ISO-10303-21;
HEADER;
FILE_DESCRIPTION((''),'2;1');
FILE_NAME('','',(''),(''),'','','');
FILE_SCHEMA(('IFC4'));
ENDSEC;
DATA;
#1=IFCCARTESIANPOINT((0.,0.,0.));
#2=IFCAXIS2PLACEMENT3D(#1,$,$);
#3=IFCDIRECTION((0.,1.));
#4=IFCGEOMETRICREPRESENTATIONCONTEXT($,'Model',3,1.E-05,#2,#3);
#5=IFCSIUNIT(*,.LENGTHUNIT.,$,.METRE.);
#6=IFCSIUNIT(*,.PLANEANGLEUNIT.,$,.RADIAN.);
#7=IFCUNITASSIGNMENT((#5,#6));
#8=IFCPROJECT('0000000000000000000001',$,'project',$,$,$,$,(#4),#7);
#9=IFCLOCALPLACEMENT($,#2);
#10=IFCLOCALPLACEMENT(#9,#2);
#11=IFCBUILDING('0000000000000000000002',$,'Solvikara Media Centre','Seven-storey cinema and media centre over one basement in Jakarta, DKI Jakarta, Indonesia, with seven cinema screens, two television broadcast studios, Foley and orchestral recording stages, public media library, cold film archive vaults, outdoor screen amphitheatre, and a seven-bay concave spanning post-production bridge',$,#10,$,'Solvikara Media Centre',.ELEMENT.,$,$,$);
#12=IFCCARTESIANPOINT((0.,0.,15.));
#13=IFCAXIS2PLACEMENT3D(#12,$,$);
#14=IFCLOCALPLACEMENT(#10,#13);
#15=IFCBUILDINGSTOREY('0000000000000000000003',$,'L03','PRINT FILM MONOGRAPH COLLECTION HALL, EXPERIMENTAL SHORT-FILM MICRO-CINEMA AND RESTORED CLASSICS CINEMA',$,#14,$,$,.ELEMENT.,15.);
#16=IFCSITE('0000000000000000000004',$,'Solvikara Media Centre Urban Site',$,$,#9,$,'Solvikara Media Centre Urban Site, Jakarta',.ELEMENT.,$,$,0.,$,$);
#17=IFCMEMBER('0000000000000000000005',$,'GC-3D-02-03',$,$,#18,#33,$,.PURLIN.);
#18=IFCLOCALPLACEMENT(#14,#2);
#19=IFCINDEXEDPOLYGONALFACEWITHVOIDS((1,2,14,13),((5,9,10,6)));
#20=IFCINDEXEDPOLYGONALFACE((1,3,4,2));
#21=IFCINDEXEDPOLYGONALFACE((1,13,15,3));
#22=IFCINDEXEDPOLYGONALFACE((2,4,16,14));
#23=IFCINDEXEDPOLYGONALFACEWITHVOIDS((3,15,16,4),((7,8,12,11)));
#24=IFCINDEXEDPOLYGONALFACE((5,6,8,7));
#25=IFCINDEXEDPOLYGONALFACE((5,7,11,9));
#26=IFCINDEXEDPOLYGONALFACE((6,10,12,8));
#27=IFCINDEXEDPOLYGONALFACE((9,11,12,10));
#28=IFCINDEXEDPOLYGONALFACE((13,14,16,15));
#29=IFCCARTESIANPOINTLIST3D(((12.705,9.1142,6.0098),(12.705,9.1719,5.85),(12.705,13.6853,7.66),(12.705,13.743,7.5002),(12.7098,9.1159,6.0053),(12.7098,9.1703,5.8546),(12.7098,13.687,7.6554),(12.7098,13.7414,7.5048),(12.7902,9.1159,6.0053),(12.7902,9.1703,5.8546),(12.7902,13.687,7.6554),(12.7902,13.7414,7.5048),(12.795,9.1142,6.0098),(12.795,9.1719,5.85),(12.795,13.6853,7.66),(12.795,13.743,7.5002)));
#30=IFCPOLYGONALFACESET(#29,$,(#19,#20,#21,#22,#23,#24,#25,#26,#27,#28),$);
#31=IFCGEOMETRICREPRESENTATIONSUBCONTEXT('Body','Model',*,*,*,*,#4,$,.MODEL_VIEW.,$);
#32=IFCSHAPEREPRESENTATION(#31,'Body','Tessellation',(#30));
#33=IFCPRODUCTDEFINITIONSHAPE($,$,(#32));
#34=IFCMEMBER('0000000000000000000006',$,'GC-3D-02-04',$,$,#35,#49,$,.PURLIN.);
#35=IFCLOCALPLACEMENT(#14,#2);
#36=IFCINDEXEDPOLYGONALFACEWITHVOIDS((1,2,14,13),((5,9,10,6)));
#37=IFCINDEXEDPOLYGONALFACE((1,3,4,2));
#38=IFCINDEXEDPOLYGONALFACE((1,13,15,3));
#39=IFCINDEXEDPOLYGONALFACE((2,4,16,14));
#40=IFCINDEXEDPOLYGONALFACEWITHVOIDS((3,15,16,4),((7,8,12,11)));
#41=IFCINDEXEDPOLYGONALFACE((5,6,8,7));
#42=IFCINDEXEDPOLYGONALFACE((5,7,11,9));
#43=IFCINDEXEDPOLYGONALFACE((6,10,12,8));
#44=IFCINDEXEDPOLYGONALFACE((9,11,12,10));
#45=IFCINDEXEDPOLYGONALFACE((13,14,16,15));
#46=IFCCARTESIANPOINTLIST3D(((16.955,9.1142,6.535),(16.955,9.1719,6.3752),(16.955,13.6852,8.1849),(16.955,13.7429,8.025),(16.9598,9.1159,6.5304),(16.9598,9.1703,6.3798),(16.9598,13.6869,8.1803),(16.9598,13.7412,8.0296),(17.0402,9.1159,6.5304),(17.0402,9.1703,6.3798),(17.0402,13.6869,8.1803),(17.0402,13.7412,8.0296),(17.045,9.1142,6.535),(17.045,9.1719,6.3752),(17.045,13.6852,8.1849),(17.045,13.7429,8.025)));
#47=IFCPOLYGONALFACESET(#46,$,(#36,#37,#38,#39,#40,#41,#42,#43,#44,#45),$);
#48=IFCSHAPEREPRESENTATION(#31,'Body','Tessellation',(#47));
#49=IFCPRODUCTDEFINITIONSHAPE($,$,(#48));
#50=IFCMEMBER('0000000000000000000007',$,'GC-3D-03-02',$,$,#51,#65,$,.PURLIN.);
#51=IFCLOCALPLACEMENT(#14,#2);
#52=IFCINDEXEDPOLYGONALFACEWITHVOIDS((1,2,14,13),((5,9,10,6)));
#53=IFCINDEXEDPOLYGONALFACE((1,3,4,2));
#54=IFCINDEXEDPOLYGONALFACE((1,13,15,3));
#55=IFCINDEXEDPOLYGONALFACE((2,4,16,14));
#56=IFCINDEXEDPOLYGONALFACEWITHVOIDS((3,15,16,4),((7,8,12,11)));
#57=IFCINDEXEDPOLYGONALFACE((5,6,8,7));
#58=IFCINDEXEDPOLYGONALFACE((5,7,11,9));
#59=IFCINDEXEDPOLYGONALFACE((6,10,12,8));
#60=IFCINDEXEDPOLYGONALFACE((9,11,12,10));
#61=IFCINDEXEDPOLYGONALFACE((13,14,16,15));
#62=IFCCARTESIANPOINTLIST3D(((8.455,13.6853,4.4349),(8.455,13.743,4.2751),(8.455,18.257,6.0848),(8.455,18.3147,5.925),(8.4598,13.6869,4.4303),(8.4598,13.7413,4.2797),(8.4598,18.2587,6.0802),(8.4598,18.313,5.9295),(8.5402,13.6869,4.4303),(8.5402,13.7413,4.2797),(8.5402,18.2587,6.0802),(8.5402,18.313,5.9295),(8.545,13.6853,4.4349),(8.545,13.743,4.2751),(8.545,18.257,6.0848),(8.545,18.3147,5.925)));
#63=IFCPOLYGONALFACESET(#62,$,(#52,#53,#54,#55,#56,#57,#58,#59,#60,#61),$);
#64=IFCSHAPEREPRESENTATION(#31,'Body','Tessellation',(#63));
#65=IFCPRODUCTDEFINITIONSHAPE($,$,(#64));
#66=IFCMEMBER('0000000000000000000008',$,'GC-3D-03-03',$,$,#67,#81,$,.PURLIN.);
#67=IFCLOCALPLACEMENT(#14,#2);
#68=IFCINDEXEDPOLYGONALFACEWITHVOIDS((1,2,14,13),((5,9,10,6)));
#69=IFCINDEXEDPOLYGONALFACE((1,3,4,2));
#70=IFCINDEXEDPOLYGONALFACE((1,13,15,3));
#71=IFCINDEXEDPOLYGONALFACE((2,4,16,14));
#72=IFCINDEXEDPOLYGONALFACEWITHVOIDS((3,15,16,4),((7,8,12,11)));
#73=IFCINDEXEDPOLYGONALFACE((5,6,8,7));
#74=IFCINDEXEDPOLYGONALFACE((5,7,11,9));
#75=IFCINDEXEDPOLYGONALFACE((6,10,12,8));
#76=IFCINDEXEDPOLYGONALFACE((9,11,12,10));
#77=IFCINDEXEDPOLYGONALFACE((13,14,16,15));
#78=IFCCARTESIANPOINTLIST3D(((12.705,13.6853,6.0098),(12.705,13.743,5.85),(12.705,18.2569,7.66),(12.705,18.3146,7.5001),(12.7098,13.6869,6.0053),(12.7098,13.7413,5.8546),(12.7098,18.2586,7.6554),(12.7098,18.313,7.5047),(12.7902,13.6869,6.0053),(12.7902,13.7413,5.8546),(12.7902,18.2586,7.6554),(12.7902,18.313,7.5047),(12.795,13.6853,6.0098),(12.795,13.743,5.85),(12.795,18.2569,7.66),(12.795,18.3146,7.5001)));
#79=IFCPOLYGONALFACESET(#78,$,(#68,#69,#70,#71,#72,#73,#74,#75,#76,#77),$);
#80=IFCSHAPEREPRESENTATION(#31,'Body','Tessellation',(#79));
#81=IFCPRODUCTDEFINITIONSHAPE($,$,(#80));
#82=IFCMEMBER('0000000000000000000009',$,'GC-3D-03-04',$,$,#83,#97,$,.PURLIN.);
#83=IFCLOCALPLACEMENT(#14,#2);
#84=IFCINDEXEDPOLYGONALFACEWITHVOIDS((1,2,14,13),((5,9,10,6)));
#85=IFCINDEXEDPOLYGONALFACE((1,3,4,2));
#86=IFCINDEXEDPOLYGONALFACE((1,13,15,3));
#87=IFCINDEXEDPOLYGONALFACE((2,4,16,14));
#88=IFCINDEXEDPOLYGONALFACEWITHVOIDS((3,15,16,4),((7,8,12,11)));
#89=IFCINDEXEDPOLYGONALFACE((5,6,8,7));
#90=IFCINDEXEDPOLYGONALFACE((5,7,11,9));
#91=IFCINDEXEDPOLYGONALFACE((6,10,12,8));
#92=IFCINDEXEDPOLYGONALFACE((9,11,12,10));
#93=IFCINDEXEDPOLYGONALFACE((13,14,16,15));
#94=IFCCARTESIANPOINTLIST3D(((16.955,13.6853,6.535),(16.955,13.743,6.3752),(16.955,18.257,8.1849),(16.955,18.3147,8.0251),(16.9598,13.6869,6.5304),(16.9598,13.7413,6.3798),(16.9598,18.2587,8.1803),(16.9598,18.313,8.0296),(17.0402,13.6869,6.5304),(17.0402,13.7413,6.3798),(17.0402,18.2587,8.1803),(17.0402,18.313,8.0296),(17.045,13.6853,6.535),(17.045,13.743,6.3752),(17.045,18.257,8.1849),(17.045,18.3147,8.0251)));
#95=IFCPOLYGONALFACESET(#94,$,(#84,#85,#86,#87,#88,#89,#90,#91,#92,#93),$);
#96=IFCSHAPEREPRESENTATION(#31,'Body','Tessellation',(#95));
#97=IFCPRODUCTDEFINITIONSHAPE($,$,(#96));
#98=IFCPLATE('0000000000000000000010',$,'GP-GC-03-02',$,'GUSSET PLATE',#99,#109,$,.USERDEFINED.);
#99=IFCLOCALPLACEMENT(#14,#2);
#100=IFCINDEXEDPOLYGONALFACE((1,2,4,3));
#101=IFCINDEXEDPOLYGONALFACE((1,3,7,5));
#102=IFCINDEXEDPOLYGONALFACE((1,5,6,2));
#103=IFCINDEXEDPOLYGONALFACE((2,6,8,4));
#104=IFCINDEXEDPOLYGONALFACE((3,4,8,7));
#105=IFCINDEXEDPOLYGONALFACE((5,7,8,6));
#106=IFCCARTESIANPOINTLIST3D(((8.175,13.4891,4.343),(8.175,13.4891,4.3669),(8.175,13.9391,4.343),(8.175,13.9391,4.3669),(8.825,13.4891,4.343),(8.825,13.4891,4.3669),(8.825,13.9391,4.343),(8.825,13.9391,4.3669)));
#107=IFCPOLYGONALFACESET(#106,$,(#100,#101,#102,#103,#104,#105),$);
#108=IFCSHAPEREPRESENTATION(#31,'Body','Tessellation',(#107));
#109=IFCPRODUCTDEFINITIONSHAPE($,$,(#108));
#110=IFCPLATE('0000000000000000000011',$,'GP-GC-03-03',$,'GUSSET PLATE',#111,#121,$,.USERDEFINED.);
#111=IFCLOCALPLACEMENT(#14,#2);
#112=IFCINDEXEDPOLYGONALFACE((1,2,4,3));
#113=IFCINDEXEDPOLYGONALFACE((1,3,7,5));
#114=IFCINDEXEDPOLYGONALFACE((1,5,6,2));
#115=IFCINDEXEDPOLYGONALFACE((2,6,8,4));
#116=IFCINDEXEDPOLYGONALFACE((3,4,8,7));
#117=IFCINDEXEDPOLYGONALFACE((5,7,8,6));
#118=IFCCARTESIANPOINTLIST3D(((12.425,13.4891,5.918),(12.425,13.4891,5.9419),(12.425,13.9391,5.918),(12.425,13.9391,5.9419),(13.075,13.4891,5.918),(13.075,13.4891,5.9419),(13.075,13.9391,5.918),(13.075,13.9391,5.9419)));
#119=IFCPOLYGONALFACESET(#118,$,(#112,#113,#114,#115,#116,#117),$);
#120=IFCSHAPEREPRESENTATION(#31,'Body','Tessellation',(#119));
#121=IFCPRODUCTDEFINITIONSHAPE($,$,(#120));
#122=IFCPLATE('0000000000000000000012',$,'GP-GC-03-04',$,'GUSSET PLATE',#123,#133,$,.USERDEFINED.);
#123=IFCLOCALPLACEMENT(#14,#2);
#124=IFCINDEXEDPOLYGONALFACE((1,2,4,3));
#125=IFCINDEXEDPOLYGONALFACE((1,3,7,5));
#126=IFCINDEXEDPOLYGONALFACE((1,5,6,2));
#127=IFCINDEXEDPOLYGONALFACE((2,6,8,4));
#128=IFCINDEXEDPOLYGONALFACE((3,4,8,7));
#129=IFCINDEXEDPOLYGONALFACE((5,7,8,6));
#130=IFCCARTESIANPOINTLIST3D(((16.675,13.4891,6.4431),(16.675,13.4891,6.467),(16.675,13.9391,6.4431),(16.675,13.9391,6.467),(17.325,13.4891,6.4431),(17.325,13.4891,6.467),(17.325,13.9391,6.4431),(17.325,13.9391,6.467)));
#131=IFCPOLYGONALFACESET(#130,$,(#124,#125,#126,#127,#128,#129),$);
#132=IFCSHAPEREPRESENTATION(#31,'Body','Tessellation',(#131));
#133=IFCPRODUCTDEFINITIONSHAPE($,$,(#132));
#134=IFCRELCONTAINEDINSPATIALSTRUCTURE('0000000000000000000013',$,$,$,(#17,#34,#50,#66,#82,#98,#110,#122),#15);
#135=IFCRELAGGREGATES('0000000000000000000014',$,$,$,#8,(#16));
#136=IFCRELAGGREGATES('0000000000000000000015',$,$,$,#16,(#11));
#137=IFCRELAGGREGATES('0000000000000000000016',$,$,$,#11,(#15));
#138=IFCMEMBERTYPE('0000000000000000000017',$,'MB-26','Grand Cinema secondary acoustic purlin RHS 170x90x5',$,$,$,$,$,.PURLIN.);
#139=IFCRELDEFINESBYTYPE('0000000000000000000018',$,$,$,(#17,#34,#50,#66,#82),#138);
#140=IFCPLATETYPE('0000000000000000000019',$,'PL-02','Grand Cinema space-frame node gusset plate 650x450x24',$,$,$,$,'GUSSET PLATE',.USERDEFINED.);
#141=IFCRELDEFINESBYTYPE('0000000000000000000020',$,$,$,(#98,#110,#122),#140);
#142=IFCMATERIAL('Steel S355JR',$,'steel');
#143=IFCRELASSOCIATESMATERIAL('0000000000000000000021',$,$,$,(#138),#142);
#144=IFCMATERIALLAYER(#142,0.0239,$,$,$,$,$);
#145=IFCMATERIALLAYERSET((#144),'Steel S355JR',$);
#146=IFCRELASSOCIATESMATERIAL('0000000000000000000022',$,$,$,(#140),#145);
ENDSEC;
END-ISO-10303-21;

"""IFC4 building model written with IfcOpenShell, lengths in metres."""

from ifc_helpers import new_model, si_unit, direction, frame, origin, origin_2d, place, context, subcontext, project, spatial, rectangle, hollow_rectangle, extrude, material, layer, layer_set, material_profile, profile_set, type_object, element, save


model = new_model("IFC4")

# Units and contexts
model_context = context("Model", 3, precision=1e-05, world=origin(), true_north=direction((0.0, 1.0)))
body_context = subcontext(model_context, "Body", "Model", "MODEL_VIEW")
ifc_project = project(units=[si_unit("LENGTHUNIT", "METRE"), si_unit("PLANEANGLEUNIT", "RADIAN")], contexts=[model_context])

# Site, building, storey
site_placement = place(None, origin())
site = spatial("IfcSite", under=ifc_project, at=site_placement, Name="Solvikara Media Centre Urban Site", LongName="Solvikara Media Centre Urban Site, Jakarta", CompositionType="ELEMENT", RefElevation=0.0)
building_placement = place(site_placement, origin())
building = spatial("IfcBuilding", under=site, at=building_placement, Name="Solvikara Media Centre", Description="Seven-storey cinema and media centre over one basement in Jakarta, DKI Jakarta, Indonesia, with seven cinema screens, two television broadcast studios, Foley and orchestral recording stages, public media library, cold film archive vaults, outdoor screen amphitheatre, and a seven-bay concave spanning post-production bridge", LongName="Solvikara Media Centre", CompositionType="ELEMENT")
storey_placement = place(building_placement, frame((0.0, 0.0, 15.0)))
storey = spatial("IfcBuildingStorey", under=building, at=storey_placement, Name="L03", Description="PRINT FILM MONOGRAPH COLLECTION HALL, EXPERIMENTAL SHORT-FILM MICRO-CINEMA AND RESTORED CLASSICS CINEMA", CompositionType="ELEMENT", Elevation=15.0)

# Members
ifc_material = material(Name="Steel S355JR", Category="steel")
ifc_material_profile_1 = material_profile(ifc_material, hollow_rectangle(XDim=0.0901, YDim=0.1699, WallThickness=0.0049, at=origin_2d()), Name="RHS 170x90x5")
ifc_profile_set_1 = profile_set([ifc_material_profile_1], Name="Steel S355JR")
member_type_1 = type_object("IfcMemberType", Name="MB-26", Description="Grand Cinema secondary acoustic purlin RHS 170x90x5", PredefinedType="PURLIN", material=ifc_profile_set_1)
member_1_placement = place(storey_placement, frame((12.75, 9.1431, 5.9299), z_axis=(0.0, 0.940587, 0.339552), x_axis=(-1.0, 0.0, 0.0)))
element("IfcMember", 1, at=member_1_placement, inside=storey, type_object=member_type_1, Name="GC-3D-02-03", PredefinedType="PURLIN", context=body_context, shape_type="SweptSolid", body=[
    extrude(hollow_rectangle(XDim=0.0901, YDim=0.1699, WallThickness=0.0049, at=origin_2d()), origin(), (0.0, 0.0, 1.0), 4.8599),
])
member_2_placement = place(storey_placement, frame((17.0, 9.1431, 6.4551), z_axis=(0.0, 0.940603, 0.339507), x_axis=(-1.0, 0.0, 0.0)))
element("IfcMember", 2, at=member_2_placement, inside=storey, type_object=member_type_1, Name="GC-3D-02-04", PredefinedType="PURLIN", context=body_context, shape_type="SweptSolid", body=[
    extrude(hollow_rectangle(XDim=0.0901, YDim=0.1699, WallThickness=0.0049, at=origin_2d()), origin(), (0.0, 0.0, 1.0), 4.8596),
])
for number, where, z_axis, x_axis, name in (
    (3, (8.5, 13.7141, 4.355), (0.0, 0.940621, 0.339459), (-1.0, 0.0, 0.0), "GC-3D-03-02"),
    (4, (12.75, 13.7141, 5.9299), (0.0, 0.940605, 0.339504), (-1.0, 0.0, 0.0), "GC-3D-03-03"),
    (5, (17.0, 13.7141, 6.4551), (0.0, 0.940621, 0.339459), (-1.0, 0.0, 0.0), "GC-3D-03-04"),
):
    element("IfcMember", number, at=place(storey_placement, frame(where, z_axis=z_axis, x_axis=x_axis)), inside=storey, type_object=member_type_1, Name=name, PredefinedType="PURLIN", context=body_context, shape_type="SweptSolid", body=[
        extrude(hollow_rectangle(XDim=0.0901, YDim=0.1699, WallThickness=0.0049, at=origin_2d()), origin(), (0.0, 0.0, 1.0), 4.8604),
    ])

# Plates
ifc_layer = layer(ifc_material, 0.0239)
ifc_layer_set = layer_set([ifc_layer], Name="Steel S355JR")
plate_type = type_object("IfcPlateType", Name="PL-02", Description="Grand Cinema space-frame node gusset plate 650x450x24", ElementType="GUSSET PLATE", PredefinedType="USERDEFINED", material=ifc_layer_set)
for number, where, z_axis, x_axis, name in (
    (6, (8.5, 13.7141, 4.343), (0.0, 0.0, 1.0), (1.0, 0.0, 0.0), "GP-GC-03-02"),
    (7, (12.75, 13.7141, 5.918), (0.0, 0.0, 1.0), (1.0, 0.0, 0.0), "GP-GC-03-03"),
    (8, (17.0, 13.7141, 6.4431), (0.0, 0.0, 1.0), (1.0, 0.0, 0.0), "GP-GC-03-04"),
):
    element("IfcPlate", number, at=place(storey_placement, frame(where, z_axis=z_axis, x_axis=x_axis)), inside=storey, type_object=plate_type, Name=name, ObjectType="GUSSET PLATE", PredefinedType="USERDEFINED", context=body_context, shape_type="SweptSolid", body=[
        extrude(rectangle(XDim=0.6499, YDim=0.45, at=origin_2d()), origin(), (0.0, 0.0, 1.0), 0.0239),
    ])

save(model, "model.ifc")
